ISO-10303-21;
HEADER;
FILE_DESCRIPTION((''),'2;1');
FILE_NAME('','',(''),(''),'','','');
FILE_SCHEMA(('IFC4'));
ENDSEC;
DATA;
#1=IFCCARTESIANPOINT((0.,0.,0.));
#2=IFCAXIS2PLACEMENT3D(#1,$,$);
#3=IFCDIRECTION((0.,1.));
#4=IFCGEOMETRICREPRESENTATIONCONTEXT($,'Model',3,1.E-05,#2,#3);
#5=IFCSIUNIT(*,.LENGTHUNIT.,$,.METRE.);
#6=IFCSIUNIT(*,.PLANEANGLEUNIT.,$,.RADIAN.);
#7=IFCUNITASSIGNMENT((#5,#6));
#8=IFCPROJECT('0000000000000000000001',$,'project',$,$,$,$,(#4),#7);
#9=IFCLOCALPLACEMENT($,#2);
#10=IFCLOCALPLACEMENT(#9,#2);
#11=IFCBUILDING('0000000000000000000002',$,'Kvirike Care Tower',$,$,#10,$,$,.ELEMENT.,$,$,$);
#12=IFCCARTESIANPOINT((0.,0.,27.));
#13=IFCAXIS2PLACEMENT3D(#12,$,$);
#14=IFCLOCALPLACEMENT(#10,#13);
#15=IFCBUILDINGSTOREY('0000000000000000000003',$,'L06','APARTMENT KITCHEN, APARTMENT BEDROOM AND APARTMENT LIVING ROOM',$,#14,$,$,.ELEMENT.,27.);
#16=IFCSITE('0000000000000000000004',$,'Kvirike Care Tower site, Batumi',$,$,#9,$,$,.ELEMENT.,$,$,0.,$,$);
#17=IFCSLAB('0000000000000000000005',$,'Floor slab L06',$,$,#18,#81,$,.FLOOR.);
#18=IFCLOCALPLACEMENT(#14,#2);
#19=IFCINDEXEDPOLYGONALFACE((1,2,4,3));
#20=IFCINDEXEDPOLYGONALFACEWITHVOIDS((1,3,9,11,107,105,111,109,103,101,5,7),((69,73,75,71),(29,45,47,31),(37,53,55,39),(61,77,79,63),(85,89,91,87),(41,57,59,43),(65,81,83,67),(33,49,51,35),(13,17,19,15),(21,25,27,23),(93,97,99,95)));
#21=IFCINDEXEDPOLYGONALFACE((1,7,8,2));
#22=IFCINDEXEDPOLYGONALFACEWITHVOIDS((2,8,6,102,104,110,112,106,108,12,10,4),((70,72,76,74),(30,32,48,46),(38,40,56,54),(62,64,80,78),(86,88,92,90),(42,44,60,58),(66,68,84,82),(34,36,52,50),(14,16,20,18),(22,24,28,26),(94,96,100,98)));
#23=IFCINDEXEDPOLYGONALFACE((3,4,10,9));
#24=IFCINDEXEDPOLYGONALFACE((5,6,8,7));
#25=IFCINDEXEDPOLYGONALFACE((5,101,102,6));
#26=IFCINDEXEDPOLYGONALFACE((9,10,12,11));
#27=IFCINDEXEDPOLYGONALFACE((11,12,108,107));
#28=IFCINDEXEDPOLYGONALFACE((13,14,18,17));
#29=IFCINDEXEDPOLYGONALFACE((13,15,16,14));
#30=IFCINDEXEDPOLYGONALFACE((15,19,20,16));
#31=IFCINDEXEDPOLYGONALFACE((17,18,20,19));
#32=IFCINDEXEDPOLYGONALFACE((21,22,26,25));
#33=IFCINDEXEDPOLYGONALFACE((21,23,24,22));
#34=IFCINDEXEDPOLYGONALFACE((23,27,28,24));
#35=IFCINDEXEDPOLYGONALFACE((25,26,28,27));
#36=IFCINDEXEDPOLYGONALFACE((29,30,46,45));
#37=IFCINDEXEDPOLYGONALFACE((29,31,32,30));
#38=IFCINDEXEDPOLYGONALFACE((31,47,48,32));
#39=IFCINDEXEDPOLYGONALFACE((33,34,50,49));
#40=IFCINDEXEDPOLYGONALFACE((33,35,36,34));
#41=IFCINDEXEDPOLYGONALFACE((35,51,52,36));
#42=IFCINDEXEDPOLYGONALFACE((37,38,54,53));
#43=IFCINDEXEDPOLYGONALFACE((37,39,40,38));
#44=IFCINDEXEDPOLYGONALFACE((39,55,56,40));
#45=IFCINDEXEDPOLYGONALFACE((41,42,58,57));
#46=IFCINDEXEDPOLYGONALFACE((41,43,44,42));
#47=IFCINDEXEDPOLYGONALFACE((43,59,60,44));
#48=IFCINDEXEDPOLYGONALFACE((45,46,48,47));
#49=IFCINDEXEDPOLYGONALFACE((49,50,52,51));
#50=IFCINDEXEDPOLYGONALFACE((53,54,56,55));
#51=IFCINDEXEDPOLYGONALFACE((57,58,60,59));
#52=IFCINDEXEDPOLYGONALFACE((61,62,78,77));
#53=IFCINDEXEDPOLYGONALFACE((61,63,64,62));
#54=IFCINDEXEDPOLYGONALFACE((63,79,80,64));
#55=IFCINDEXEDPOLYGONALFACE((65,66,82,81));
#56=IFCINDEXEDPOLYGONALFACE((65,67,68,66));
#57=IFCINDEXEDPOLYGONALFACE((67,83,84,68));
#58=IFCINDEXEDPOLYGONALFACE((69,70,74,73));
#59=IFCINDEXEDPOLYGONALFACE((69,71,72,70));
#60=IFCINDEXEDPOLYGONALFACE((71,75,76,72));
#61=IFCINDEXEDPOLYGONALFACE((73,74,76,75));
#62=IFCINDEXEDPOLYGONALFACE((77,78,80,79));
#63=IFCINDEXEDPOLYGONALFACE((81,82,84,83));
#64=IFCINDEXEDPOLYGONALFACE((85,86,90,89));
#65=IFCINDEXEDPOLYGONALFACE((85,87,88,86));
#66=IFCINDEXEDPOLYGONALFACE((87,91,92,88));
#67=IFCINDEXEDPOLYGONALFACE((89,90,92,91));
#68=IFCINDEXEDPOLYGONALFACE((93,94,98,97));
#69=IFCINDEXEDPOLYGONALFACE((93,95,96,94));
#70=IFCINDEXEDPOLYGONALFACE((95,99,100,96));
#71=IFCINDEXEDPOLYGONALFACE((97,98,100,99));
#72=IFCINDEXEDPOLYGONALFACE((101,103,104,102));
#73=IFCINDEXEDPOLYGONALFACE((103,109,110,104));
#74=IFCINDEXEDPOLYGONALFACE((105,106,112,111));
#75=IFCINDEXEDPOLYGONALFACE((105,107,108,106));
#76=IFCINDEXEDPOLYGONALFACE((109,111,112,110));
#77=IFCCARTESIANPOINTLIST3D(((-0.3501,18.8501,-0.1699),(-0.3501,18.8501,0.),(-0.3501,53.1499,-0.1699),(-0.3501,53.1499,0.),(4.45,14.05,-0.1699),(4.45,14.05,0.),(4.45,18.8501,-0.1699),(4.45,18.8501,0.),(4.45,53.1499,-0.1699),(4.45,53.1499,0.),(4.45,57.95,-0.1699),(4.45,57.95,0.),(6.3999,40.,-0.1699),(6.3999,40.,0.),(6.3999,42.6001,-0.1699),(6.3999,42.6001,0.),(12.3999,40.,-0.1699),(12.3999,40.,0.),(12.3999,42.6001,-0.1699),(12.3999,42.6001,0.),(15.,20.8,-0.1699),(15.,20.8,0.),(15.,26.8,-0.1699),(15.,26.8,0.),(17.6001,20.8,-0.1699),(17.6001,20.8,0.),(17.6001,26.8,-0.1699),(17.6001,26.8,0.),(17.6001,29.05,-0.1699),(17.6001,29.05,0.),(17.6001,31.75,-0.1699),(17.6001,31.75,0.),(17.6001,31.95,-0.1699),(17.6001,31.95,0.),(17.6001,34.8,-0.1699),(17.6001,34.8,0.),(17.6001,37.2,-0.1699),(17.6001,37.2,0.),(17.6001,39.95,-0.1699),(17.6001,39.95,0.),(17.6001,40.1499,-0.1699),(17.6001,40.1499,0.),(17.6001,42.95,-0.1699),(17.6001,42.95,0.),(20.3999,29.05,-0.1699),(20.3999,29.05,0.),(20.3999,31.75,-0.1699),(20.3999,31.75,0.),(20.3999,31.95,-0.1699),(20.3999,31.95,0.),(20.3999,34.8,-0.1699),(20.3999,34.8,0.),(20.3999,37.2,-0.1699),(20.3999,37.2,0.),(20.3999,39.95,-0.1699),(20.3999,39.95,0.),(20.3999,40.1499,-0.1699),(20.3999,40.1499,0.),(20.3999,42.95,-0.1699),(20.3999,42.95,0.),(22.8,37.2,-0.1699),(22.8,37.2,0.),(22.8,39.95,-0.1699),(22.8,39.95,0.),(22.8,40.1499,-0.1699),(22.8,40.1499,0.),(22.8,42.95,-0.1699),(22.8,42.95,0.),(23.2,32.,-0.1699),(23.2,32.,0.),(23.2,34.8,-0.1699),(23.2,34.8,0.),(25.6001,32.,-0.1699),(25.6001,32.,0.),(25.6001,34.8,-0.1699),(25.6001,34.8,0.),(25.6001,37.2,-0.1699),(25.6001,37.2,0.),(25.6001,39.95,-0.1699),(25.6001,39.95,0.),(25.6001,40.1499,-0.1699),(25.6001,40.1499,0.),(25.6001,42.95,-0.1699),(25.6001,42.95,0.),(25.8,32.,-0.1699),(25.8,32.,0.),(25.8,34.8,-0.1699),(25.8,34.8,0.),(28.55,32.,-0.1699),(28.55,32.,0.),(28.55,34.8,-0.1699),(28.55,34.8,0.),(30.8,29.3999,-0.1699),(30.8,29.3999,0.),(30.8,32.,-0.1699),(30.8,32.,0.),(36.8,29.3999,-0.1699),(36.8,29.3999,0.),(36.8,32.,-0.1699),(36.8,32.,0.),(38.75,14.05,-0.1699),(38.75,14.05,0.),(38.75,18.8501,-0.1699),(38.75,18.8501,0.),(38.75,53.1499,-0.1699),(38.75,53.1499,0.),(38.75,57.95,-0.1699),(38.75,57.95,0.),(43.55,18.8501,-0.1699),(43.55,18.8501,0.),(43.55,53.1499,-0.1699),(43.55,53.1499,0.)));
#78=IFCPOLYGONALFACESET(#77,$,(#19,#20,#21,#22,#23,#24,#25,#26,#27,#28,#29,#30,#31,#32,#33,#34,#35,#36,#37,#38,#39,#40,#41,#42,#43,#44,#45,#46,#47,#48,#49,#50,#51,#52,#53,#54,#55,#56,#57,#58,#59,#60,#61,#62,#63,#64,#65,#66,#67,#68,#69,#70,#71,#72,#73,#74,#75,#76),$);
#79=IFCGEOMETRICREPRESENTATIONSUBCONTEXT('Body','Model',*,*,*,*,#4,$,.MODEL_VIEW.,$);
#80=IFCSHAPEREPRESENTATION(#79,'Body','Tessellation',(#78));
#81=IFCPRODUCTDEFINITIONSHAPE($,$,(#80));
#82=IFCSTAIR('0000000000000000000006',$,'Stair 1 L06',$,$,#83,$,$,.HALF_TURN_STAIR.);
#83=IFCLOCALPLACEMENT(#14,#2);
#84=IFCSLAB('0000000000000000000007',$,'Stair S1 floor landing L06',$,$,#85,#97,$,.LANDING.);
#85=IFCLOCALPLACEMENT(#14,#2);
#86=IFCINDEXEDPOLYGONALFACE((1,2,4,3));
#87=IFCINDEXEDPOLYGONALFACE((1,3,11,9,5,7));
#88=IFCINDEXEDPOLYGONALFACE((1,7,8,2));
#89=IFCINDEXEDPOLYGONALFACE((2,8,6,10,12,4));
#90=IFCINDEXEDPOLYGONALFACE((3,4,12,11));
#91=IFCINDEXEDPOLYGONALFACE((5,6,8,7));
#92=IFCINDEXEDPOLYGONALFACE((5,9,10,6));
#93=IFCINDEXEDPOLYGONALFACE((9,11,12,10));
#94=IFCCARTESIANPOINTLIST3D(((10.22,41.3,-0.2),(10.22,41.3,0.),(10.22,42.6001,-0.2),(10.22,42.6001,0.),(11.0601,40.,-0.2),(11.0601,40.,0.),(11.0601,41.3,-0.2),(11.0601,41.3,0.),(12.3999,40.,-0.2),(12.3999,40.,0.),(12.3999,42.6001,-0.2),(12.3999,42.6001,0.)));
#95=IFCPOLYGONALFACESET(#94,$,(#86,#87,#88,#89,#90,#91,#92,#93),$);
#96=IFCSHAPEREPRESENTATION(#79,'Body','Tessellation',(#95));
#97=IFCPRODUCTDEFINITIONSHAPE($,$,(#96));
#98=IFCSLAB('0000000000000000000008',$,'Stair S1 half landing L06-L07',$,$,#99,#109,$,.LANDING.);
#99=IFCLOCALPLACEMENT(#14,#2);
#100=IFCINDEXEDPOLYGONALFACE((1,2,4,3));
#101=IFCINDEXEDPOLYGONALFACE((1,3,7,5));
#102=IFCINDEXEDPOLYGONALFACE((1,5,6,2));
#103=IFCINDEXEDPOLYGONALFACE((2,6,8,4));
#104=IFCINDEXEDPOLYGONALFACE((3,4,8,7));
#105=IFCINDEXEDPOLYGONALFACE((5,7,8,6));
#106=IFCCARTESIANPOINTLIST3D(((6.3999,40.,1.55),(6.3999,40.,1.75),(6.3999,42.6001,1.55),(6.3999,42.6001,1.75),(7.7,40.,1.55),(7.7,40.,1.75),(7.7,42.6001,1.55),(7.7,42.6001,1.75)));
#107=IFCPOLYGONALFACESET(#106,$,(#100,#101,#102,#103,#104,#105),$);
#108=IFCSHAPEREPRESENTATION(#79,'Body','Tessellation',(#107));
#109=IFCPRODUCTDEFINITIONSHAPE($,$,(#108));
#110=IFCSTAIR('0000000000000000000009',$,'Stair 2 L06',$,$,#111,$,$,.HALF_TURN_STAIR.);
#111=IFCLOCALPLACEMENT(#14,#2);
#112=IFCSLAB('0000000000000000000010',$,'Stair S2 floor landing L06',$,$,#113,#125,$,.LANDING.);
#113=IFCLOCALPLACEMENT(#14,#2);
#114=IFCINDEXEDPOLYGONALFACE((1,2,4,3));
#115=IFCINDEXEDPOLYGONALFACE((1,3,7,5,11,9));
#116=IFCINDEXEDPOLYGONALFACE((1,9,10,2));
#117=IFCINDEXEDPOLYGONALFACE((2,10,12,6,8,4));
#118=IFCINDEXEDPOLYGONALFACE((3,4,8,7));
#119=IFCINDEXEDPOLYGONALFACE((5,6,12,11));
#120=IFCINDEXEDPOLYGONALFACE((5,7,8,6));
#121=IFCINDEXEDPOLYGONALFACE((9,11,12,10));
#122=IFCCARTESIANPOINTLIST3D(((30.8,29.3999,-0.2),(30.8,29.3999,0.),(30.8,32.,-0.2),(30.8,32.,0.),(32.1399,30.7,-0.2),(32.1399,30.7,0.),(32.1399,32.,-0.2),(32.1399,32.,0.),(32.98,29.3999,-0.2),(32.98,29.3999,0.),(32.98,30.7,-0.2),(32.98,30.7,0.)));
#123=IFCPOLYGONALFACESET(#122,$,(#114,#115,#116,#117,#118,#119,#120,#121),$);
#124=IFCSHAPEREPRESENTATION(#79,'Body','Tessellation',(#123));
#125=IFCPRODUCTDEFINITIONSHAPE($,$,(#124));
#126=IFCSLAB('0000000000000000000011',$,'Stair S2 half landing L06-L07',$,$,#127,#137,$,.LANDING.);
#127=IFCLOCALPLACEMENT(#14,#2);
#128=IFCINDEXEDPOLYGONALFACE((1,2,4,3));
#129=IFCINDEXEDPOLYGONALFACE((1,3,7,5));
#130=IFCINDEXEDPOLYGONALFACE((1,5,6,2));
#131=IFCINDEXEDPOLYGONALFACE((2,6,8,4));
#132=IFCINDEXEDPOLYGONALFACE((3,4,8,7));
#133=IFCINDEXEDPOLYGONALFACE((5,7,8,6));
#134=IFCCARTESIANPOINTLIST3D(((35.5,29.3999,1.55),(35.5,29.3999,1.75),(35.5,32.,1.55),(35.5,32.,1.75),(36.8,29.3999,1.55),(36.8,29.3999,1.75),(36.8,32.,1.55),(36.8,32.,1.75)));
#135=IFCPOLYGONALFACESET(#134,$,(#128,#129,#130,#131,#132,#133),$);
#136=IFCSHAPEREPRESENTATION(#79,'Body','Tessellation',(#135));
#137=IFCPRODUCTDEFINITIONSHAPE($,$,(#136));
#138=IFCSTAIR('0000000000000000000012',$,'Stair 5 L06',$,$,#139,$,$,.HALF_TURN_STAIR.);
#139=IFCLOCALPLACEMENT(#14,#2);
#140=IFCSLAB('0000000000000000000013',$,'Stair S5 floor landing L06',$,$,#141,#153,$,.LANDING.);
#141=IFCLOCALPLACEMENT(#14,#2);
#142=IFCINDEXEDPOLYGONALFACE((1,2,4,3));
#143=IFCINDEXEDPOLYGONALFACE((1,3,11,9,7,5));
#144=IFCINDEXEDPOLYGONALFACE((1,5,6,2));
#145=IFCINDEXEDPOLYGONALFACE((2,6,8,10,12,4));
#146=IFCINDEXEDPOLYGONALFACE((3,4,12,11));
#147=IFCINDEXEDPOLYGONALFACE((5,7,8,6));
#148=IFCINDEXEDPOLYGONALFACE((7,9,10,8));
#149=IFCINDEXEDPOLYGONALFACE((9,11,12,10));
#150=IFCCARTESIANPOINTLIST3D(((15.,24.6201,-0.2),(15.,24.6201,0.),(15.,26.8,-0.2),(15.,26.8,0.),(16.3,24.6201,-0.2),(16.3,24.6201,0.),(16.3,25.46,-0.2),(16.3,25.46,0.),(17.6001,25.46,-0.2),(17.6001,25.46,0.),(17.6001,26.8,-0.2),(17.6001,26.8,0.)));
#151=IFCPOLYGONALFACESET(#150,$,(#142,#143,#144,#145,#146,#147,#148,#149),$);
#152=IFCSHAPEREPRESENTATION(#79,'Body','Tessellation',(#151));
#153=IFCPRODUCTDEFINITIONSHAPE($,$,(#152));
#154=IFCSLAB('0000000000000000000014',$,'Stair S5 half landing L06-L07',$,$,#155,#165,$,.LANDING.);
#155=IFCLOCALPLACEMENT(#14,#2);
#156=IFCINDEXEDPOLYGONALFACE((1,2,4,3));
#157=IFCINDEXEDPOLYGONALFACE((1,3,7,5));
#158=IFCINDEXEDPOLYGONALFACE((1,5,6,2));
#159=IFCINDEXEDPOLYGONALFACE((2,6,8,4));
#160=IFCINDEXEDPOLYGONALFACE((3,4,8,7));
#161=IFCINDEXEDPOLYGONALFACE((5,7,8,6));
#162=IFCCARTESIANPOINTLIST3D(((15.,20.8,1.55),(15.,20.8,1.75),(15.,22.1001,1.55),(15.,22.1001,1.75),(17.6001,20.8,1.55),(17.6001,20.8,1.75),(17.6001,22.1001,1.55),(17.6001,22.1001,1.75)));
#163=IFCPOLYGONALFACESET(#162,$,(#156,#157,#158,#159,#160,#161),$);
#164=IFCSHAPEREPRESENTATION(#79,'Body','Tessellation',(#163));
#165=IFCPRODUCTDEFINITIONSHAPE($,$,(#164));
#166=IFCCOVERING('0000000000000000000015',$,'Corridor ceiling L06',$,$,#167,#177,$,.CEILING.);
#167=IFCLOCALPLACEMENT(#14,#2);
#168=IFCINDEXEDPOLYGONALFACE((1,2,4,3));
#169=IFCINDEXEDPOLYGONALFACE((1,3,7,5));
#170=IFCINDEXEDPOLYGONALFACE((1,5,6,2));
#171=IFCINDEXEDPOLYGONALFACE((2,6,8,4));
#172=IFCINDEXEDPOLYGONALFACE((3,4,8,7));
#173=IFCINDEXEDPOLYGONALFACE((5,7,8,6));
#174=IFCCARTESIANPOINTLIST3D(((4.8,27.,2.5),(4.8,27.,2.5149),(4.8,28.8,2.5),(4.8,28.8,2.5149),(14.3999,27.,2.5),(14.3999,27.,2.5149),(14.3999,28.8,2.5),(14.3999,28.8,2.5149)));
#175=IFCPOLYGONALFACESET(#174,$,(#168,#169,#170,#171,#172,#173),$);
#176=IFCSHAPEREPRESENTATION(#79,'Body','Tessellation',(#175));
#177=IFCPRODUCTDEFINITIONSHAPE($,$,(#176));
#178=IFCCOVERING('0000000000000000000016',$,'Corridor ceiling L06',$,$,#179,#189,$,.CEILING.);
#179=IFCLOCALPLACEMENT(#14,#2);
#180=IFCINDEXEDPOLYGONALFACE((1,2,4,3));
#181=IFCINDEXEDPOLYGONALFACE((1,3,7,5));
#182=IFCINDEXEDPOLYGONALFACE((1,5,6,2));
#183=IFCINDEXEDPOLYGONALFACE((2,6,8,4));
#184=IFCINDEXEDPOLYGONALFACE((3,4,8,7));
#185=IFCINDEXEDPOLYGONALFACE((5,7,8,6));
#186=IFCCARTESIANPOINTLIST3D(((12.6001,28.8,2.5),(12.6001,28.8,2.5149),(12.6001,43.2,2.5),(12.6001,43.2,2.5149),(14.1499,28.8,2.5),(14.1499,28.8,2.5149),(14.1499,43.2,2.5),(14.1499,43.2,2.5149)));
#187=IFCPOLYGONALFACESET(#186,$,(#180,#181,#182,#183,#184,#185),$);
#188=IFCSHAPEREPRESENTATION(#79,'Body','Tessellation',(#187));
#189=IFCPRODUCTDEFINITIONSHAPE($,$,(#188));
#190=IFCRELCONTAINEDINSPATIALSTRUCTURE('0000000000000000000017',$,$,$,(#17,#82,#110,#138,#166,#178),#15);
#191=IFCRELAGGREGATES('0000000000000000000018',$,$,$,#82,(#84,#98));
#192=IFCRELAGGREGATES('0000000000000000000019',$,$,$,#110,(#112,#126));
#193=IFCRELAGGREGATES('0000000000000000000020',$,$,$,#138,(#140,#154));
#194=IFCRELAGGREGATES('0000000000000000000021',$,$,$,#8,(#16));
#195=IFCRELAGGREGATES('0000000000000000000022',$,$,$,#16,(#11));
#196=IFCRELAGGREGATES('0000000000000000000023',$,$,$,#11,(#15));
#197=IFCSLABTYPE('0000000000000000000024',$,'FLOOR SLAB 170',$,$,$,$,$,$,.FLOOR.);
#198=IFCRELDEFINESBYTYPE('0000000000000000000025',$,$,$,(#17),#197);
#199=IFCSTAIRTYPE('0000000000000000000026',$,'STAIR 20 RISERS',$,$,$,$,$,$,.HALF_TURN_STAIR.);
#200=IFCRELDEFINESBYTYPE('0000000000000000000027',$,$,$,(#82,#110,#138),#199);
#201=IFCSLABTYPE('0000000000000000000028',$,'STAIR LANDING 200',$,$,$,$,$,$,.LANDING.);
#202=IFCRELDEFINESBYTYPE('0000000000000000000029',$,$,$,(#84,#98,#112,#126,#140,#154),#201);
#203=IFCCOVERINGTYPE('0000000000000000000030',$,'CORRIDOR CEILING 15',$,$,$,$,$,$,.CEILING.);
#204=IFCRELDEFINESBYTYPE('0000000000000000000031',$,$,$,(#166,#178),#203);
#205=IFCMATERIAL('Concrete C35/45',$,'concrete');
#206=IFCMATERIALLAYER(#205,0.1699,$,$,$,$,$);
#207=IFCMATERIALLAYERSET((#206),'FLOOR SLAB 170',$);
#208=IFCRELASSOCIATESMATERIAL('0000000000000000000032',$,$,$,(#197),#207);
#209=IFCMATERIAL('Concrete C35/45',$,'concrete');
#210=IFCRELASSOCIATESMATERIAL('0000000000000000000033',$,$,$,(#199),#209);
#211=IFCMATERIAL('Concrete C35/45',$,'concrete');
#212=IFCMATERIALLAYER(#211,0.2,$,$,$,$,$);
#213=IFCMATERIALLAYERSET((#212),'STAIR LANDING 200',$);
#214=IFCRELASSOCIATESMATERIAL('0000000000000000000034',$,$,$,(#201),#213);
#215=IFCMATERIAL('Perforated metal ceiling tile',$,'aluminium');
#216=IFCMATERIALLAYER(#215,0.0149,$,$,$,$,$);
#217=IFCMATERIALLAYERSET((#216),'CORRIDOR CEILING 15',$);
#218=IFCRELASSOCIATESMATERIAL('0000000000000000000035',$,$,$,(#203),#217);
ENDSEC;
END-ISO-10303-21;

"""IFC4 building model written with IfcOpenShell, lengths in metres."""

from ifc_helpers import new_model, si_unit, direction, frame, origin, place, context, subcontext, project, spatial, polyline, outline, extrude, material, layer, layer_set, type_object, element, aggregate, save


model = new_model("IFC4")

# Units and contexts
model_context = context("Model", 3, precision=1e-05, world=origin(), true_north=direction((0.0, 1.0)))
body_context = subcontext(model_context, "Body", "Model", "MODEL_VIEW")
ifc_project = project(units=[si_unit("LENGTHUNIT", "METRE"), si_unit("PLANEANGLEUNIT", "RADIAN")], contexts=[model_context])

# Site, building, storey
site_placement = place(None, origin())
site = spatial("IfcSite", under=ifc_project, at=site_placement, Name="Kvirike Care Tower site, Batumi", CompositionType="ELEMENT", RefElevation=0.0)
building_placement = place(site_placement, origin())
building = spatial("IfcBuilding", under=site, at=building_placement, Name="Kvirike Care Tower", CompositionType="ELEMENT")
storey_placement = place(building_placement, frame((0.0, 0.0, 27.0)))
storey = spatial("IfcBuildingStorey", under=building, at=storey_placement, Name="L06", Description="APARTMENT KITCHEN, APARTMENT BEDROOM AND APARTMENT LIVING ROOM", CompositionType="ELEMENT", Elevation=27.0)

# Slab
ifc_material_1 = material(Name="Concrete C35/45", Category="concrete")
ifc_layer_1 = layer(ifc_material_1, 0.1699)
ifc_layer_set_1 = layer_set([ifc_layer_1], Name="FLOOR SLAB 170")
slab_type_1 = type_object("IfcSlabType", Name="FLOOR SLAB 170", PredefinedType="FLOOR", material=ifc_layer_set_1)
slab_1_placement = place(storey_placement, frame((0.0, 0.0, -0.1699)))
element("IfcSlab", 1, at=slab_1_placement, inside=storey, type_object=slab_type_1, Name="Floor slab L06", PredefinedType="FLOOR", context=body_context, shape_type="SweptSolid", body=[
    extrude(outline(polyline([(-0.3501, 53.1499), (-0.3501, 18.8501), (4.45, 18.8501), (4.45, 14.05), (38.75, 14.05), (38.75, 18.8501), (43.55, 18.8501), (43.55, 53.1499), (38.75, 53.1499), (38.75, 57.95), (4.45, 57.95), (4.45, 53.1499), (-0.3501, 53.1499)]), holes=[polyline([(17.6001, 29.05), (17.6001, 31.75), (20.3999, 31.75), (20.3999, 29.05), (17.6001, 29.05)]), polyline([(17.6001, 31.95), (17.6001, 34.8), (20.3999, 34.8), (20.3999, 31.95), (17.6001, 31.95)]), polyline([(17.6001, 37.2), (17.6001, 39.95), (20.3999, 39.95), (20.3999, 37.2), (17.6001, 37.2)]), polyline([(17.6001, 40.1499), (17.6001, 42.95), (20.3999, 42.95), (20.3999, 40.1499), (17.6001, 40.1499)]), polyline([(22.8, 37.2), (22.8, 39.95), (25.6001, 39.95), (25.6001, 37.2), (22.8, 37.2)]), polyline([(22.8, 40.1499), (22.8, 42.95), (25.6001, 42.95), (25.6001, 40.1499), (22.8, 40.1499)]), polyline([(23.2, 32.0), (23.2, 34.8), (25.6001, 34.8), (25.6001, 32.0), (23.2, 32.0)]), polyline([(25.8, 32.0), (25.8, 34.8), (28.55, 34.8), (28.55, 32.0), (25.8, 32.0)]), polyline([(12.3999, 42.6001), (12.3999, 40.0), (6.3999, 40.0), (6.3999, 42.6001), (12.3999, 42.6001)]), polyline([(30.8, 29.3999), (30.8, 32.0), (36.8, 32.0), (36.8, 29.3999), (30.8, 29.3999)]), polyline([(15.0, 26.8), (17.6001, 26.8), (17.6001, 20.8), (15.0, 20.8), (15.0, 26.8)])]), origin(), (0.0, 0.0, 1.0), 0.1699),
])

# Stairs, slabs
ifc_material_2 = material(Name="Concrete C35/45", Category="concrete")
stair_type = type_object("IfcStairType", Name="STAIR 20 RISERS", PredefinedType="HALF_TURN_STAIR", material=ifc_material_2)
stair_1_placement = place(storey_placement, origin())
stair_1 = element("IfcStair", 2, at=stair_1_placement, inside=storey, type_object=stair_type, Name="Stair 1 L06", PredefinedType="HALF_TURN_STAIR")
ifc_material_3 = material(Name="Concrete C35/45", Category="concrete")
ifc_layer_2 = layer(ifc_material_3, 0.2)
ifc_layer_set_2 = layer_set([ifc_layer_2], Name="STAIR LANDING 200")
slab_type_2 = type_object("IfcSlabType", Name="STAIR LANDING 200", PredefinedType="LANDING", material=ifc_layer_set_2)
slab_2_placement = place(storey_placement, frame((0.0, 0.0, -0.2)))
slab_2 = element("IfcSlab", 3, at=slab_2_placement, type_object=slab_type_2, Name="Stair S1 floor landing L06", PredefinedType="LANDING", context=body_context, shape_type="SweptSolid", body=[
    extrude(outline(polyline([(10.22, 42.6001), (10.22, 41.3), (11.0601, 41.3), (11.0601, 40.0), (12.3999, 40.0), (12.3999, 42.6001), (10.22, 42.6001)])), origin(), (0.0, 0.0, 1.0), 0.2),
])
slab_3_placement = place(storey_placement, frame((0.0, 0.0, 1.55)))
slab_3 = element("IfcSlab", 4, at=slab_3_placement, type_object=slab_type_2, Name="Stair S1 half landing L06-L07", PredefinedType="LANDING", context=body_context, shape_type="SweptSolid", body=[
    extrude(outline(polyline([(6.3999, 42.6001), (6.3999, 40.0), (7.7, 40.0), (7.7, 42.6001), (6.3999, 42.6001)])), origin(), (0.0, 0.0, 1.0), 0.2),
])
aggregate(stair_1, [slab_2, slab_3])
stair_2_placement = place(storey_placement, origin())
stair_2 = element("IfcStair", 5, at=stair_2_placement, inside=storey, type_object=stair_type, Name="Stair 2 L06", PredefinedType="HALF_TURN_STAIR")
slab_4_placement = place(storey_placement, frame((0.0, 0.0, -0.2)))
slab_4 = element("IfcSlab", 6, at=slab_4_placement, type_object=slab_type_2, Name="Stair S2 floor landing L06", PredefinedType="LANDING", context=body_context, shape_type="SweptSolid", body=[
    extrude(outline(polyline([(32.98, 29.3999), (32.98, 30.7), (32.1399, 30.7), (32.1399, 32.0), (30.8, 32.0), (30.8, 29.3999), (32.98, 29.3999)])), origin(), (0.0, 0.0, 1.0), 0.2),
])
slab_5_placement = place(storey_placement, frame((0.0, 0.0, 1.55)))
slab_5 = element("IfcSlab", 7, at=slab_5_placement, type_object=slab_type_2, Name="Stair S2 half landing L06-L07", PredefinedType="LANDING", context=body_context, shape_type="SweptSolid", body=[
    extrude(outline(polyline([(36.8, 29.3999), (36.8, 32.0), (35.5, 32.0), (35.5, 29.3999), (36.8, 29.3999)])), origin(), (0.0, 0.0, 1.0), 0.2),
])
aggregate(stair_2, [slab_4, slab_5])
stair_3_placement = place(storey_placement, origin())
stair_3 = element("IfcStair", 8, at=stair_3_placement, inside=storey, type_object=stair_type, Name="Stair 5 L06", PredefinedType="HALF_TURN_STAIR")
slab_6_placement = place(storey_placement, frame((0.0, 0.0, -0.2)))
slab_6 = element("IfcSlab", 9, at=slab_6_placement, type_object=slab_type_2, Name="Stair S5 floor landing L06", PredefinedType="LANDING", context=body_context, shape_type="SweptSolid", body=[
    extrude(outline(polyline([(15.0, 24.6201), (16.3, 24.6201), (16.3, 25.46), (17.6001, 25.46), (17.6001, 26.8), (15.0, 26.8), (15.0, 24.6201)])), origin(), (0.0, 0.0, 1.0), 0.2),
])
slab_7_placement = place(storey_placement, frame((0.0, 0.0, 1.55)))
slab_7 = element("IfcSlab", 10, at=slab_7_placement, type_object=slab_type_2, Name="Stair S5 half landing L06-L07", PredefinedType="LANDING", context=body_context, shape_type="SweptSolid", body=[
    extrude(outline(polyline([(15.0, 20.8), (17.6001, 20.8), (17.6001, 22.1001), (15.0, 22.1001), (15.0, 20.8)])), origin(), (0.0, 0.0, 1.0), 0.2),
])
aggregate(stair_3, [slab_6, slab_7])

# Coverings
ifc_material_4 = material(Name="Perforated metal ceiling tile", Category="aluminium")
ifc_layer_3 = layer(ifc_material_4, 0.0149)
ifc_layer_set_3 = layer_set([ifc_layer_3], Name="CORRIDOR CEILING 15")
covering_type_1 = type_object("IfcCoveringType", Name="CORRIDOR CEILING 15", PredefinedType="CEILING", material=ifc_layer_set_3)
covering_1_placement = place(storey_placement, frame((0.0, 0.0, 2.5)))
element("IfcCovering", 11, at=covering_1_placement, inside=storey, type_object=covering_type_1, Name="Corridor ceiling L06", PredefinedType="CEILING", context=body_context, shape_type="SweptSolid", body=[
    extrude(outline(polyline([(4.8, 27.0), (4.8, 28.8), (14.3999, 28.8), (14.3999, 27.0), (4.8, 27.0)])), origin(), (0.0, 0.0, 1.0), 0.0149),
])
covering_2_placement = place(storey_placement, frame((0.0, 0.0, 2.5)))
element("IfcCovering", 12, at=covering_2_placement, inside=storey, type_object=covering_type_1, Name="Corridor ceiling L06", PredefinedType="CEILING", context=body_context, shape_type="SweptSolid", body=[
    extrude(outline(polyline([(12.6001, 43.2), (14.1499, 43.2), (14.1499, 28.8), (12.6001, 28.8), (12.6001, 43.2)])), origin(), (0.0, 0.0, 1.0), 0.0149),
])

save(model, "model.ifc")
